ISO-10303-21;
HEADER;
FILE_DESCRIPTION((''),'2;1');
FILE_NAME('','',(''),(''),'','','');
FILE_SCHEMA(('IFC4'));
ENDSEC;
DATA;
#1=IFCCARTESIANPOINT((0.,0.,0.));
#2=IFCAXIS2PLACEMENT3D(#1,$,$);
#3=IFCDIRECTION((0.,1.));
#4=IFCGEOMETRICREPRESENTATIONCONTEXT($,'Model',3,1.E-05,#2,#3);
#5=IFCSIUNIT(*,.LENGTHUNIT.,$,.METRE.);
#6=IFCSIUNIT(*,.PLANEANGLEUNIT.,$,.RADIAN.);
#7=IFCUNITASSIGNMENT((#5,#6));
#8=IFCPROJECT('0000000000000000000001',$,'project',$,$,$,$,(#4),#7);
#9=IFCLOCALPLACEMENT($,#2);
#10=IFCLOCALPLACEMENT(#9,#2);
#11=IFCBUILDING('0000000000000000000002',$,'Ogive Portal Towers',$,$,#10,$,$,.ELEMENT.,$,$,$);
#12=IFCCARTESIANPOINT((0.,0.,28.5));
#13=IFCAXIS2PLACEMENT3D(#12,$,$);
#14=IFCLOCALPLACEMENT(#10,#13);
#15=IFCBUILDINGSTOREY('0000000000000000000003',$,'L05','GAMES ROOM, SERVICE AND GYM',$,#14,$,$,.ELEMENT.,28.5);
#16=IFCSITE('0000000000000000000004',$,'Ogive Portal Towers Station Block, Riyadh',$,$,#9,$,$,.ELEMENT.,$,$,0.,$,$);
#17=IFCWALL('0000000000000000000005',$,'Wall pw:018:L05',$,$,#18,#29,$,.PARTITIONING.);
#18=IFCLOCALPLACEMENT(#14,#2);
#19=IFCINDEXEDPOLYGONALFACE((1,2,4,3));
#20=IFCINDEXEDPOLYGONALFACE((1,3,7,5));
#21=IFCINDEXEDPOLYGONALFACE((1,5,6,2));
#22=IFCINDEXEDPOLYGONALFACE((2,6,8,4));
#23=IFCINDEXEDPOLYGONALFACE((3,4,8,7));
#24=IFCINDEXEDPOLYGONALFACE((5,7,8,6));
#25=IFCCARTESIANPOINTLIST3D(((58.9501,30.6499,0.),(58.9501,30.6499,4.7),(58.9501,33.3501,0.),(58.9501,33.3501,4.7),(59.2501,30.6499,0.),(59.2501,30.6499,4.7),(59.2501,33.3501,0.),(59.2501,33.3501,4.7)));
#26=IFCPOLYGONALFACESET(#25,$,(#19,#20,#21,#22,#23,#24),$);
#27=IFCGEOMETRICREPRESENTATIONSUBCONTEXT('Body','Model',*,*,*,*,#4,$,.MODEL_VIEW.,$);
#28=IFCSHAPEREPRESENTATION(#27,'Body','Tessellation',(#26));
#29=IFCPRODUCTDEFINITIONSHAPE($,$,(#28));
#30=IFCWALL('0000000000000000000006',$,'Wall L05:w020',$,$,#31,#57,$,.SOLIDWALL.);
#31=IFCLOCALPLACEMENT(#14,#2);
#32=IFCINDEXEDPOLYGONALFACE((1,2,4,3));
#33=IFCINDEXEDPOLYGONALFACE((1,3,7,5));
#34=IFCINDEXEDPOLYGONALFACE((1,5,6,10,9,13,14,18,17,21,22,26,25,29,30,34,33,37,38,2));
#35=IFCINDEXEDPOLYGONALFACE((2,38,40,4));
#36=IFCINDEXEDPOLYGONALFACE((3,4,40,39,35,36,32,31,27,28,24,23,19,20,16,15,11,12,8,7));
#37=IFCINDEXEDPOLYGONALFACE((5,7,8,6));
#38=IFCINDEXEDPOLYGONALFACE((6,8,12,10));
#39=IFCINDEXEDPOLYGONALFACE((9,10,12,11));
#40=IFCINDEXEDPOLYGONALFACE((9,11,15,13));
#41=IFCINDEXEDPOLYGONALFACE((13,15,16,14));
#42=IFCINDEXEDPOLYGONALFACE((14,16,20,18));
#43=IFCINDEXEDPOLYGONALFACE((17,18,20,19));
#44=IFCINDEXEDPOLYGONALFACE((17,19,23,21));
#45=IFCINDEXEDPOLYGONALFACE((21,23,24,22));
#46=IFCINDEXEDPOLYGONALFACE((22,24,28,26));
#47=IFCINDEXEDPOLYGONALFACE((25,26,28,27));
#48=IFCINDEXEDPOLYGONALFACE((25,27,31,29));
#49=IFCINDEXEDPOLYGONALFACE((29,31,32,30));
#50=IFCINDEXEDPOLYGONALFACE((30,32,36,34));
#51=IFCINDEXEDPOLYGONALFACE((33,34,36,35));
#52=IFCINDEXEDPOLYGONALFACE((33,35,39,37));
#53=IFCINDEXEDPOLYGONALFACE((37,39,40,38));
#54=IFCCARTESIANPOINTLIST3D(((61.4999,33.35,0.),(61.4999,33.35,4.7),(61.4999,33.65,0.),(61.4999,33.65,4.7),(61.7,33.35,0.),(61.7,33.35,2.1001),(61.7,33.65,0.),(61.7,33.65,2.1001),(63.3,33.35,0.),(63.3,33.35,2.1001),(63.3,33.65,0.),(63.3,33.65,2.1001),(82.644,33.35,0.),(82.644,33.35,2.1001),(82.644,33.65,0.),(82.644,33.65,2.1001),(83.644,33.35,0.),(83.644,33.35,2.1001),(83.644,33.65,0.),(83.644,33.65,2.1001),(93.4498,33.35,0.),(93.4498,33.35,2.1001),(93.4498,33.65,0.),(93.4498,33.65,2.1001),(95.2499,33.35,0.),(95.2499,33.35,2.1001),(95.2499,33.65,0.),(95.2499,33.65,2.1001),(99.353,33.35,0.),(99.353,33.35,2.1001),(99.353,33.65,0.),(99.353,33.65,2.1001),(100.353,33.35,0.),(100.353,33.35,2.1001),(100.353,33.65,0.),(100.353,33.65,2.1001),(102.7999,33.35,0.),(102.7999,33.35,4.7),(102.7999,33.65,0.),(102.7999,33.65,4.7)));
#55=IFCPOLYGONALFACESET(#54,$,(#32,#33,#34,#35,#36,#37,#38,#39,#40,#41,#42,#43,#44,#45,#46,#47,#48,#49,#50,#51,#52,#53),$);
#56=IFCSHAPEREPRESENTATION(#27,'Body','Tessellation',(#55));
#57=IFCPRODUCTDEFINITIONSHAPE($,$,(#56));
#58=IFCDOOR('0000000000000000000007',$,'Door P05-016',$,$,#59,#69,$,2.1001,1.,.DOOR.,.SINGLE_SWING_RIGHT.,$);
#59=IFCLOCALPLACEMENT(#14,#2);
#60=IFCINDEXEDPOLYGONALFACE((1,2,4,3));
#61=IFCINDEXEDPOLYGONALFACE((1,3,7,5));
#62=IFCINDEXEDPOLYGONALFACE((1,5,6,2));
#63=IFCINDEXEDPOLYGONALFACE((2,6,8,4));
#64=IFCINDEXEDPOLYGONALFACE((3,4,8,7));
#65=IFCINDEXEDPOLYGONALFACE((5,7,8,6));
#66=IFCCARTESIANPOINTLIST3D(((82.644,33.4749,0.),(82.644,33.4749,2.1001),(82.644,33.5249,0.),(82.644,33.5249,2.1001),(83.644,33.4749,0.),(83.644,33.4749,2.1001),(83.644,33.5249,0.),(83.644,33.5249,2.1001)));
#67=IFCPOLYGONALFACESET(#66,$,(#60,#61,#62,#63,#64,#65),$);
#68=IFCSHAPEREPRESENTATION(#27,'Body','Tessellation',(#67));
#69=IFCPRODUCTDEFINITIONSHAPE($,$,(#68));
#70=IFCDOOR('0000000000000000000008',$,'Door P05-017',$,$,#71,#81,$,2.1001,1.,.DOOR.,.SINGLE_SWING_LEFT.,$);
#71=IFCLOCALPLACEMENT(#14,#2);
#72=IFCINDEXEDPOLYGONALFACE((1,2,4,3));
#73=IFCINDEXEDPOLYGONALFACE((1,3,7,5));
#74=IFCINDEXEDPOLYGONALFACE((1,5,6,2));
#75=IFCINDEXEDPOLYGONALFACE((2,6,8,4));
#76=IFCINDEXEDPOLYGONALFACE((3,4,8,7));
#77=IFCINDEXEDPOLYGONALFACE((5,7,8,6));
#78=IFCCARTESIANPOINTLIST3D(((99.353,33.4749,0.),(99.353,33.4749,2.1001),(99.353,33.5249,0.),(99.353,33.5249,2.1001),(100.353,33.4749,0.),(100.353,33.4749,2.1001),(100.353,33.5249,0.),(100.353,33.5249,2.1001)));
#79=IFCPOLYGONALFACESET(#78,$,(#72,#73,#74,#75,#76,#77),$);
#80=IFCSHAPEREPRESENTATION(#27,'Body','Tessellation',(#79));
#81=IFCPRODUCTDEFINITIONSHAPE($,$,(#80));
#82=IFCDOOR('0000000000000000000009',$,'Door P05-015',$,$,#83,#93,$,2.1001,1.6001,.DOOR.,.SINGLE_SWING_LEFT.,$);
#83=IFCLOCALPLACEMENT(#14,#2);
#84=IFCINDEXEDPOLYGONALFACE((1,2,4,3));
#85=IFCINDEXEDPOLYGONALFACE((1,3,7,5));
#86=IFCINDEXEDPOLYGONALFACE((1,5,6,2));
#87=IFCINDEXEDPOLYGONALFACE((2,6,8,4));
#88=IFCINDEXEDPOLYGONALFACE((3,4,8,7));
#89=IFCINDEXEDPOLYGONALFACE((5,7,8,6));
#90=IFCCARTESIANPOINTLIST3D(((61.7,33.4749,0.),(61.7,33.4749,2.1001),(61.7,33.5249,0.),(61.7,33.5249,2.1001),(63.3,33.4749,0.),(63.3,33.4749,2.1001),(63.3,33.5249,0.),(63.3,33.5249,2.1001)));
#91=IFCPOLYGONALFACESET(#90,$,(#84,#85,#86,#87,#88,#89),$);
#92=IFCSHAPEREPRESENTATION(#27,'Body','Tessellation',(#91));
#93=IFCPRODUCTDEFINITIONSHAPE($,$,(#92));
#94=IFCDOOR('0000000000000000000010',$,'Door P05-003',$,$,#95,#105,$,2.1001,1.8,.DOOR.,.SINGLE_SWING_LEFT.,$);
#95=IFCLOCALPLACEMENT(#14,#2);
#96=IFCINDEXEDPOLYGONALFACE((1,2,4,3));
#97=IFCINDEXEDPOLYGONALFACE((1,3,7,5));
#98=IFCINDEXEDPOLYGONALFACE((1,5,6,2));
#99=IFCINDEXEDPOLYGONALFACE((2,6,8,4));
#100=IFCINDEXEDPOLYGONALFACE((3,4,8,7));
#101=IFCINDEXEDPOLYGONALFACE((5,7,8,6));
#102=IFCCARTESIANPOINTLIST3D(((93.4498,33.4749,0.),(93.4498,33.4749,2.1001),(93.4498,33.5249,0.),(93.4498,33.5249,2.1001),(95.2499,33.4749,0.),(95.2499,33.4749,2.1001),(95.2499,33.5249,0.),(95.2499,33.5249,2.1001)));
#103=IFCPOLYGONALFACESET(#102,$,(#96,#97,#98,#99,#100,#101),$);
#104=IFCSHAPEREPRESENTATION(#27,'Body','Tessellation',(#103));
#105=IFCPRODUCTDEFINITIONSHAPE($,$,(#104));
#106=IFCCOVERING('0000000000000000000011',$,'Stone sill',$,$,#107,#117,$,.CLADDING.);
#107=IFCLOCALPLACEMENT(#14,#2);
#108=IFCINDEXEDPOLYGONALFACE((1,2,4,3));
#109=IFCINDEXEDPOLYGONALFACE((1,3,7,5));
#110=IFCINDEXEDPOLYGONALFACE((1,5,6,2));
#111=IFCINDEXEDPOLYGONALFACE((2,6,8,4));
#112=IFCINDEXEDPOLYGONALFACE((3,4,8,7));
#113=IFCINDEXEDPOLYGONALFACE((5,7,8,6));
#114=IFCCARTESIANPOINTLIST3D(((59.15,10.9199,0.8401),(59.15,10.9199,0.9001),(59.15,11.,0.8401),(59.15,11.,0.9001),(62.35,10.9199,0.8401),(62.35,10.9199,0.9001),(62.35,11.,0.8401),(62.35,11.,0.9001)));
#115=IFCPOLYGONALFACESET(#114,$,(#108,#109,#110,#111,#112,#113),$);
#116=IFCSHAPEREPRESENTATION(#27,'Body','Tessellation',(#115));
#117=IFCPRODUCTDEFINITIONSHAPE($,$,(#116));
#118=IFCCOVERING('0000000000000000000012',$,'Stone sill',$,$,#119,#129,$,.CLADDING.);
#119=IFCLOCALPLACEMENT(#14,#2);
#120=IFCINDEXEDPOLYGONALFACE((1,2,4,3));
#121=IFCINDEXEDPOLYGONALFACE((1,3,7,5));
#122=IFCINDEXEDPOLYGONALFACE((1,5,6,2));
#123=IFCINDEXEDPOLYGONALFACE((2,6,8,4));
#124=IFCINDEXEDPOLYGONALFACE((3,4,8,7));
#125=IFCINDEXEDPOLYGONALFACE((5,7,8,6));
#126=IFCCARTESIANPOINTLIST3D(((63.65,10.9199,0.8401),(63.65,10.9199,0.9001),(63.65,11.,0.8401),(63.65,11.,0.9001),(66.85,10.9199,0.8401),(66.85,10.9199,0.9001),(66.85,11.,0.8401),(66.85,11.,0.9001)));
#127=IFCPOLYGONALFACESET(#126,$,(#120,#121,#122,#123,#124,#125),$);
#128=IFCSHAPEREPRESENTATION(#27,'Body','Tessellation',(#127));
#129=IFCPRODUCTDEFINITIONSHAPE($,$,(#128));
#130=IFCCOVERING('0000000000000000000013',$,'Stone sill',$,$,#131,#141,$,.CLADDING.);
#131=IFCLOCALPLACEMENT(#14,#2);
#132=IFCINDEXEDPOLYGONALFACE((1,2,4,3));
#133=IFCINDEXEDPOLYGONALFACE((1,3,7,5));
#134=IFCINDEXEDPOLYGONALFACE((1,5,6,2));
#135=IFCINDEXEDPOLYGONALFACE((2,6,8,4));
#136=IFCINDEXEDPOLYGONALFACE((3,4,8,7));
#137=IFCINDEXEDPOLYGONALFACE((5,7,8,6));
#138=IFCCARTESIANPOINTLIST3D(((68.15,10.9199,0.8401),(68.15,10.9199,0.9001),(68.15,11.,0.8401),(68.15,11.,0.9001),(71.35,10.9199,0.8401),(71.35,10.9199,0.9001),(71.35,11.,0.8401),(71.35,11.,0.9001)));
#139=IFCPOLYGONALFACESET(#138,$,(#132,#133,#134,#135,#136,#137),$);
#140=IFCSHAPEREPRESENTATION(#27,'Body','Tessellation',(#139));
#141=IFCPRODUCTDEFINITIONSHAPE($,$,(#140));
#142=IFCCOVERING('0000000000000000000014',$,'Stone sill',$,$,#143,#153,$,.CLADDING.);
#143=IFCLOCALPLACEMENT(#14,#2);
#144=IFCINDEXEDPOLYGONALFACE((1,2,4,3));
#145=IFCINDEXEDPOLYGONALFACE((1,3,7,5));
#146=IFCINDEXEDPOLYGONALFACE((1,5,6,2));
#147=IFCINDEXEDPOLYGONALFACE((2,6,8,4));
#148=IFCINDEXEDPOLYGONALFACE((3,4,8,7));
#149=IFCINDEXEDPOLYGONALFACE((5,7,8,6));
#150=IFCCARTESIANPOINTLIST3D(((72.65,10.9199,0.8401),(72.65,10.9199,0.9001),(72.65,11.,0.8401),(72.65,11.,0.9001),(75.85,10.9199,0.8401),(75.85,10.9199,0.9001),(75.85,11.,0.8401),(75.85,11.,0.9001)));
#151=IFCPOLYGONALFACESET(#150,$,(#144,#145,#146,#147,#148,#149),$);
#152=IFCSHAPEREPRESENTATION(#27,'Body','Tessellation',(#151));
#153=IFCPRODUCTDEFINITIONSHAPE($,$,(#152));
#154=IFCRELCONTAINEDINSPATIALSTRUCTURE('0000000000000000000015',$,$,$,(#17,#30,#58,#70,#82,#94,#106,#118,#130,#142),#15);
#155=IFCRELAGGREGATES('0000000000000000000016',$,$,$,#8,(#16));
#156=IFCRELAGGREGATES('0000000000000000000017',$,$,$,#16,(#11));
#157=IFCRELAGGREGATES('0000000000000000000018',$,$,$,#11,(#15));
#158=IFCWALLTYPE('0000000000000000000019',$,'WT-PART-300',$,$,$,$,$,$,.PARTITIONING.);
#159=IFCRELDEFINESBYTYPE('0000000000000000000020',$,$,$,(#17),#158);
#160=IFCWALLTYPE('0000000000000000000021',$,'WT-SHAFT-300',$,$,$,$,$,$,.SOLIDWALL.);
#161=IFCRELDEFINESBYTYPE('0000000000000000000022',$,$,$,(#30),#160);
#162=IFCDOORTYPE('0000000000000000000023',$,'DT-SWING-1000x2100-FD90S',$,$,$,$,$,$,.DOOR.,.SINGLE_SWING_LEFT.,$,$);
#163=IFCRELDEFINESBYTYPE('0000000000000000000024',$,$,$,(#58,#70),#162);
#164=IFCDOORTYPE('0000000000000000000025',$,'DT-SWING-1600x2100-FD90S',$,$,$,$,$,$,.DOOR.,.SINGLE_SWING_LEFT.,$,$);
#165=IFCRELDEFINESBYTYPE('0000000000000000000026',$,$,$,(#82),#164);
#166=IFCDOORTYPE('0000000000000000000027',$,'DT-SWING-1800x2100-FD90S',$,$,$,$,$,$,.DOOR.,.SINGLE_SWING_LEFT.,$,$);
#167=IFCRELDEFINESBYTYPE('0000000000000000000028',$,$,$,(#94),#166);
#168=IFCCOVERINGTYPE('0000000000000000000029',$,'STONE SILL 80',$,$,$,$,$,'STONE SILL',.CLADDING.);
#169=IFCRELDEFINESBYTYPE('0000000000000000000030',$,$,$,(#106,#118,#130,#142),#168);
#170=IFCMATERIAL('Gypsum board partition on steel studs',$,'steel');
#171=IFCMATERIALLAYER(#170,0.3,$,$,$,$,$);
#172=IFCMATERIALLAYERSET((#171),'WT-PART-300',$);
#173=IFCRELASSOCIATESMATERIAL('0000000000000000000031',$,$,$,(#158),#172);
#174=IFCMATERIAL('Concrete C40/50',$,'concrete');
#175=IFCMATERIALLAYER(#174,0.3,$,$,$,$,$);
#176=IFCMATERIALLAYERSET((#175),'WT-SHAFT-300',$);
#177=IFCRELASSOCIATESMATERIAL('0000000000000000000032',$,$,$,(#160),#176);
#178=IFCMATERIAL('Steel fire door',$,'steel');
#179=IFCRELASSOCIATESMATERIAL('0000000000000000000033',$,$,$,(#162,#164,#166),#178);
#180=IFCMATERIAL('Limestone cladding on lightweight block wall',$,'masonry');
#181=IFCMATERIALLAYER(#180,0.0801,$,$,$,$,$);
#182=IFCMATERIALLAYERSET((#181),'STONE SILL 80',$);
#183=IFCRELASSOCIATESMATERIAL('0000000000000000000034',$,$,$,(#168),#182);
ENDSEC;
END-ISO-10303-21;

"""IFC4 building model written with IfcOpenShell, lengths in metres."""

from ifc_helpers import new_model, si_unit, direction, frame, frame_2d, origin, origin_2d, place, context, subcontext, project, spatial, rectangle, extrude, material, layer, layer_set, type_object, element, fill, save


model = new_model("IFC4")

# Units and contexts
model_context = context("Model", 3, precision=1e-05, world=origin(), true_north=direction((0.0, 1.0)))
body_context = subcontext(model_context, "Body", "Model", "MODEL_VIEW")
ifc_project = project(units=[si_unit("LENGTHUNIT", "METRE"), si_unit("PLANEANGLEUNIT", "RADIAN")], contexts=[model_context])

# Site, building, storey
site_placement = place(None, origin())
site = spatial("IfcSite", under=ifc_project, at=site_placement, Name="Ogive Portal Towers Station Block, Riyadh", CompositionType="ELEMENT", RefElevation=0.0)
building_placement = place(site_placement, origin())
building = spatial("IfcBuilding", under=site, at=building_placement, Name="Ogive Portal Towers", CompositionType="ELEMENT")
storey_placement = place(building_placement, frame((0.0, 0.0, 28.5)))
storey = spatial("IfcBuildingStorey", under=building, at=storey_placement, Name="L05", Description="GAMES ROOM, SERVICE AND GYM", CompositionType="ELEMENT", Elevation=28.5)

# Shared definitions
ifc_material_1 = material(Name="Gypsum board partition on steel studs", Category="steel")
ifc_material_2 = material(Name="Steel fire door", Category="steel")

# Wall
ifc_layer_1 = layer(ifc_material_1, 0.3)
ifc_layer_set_1 = layer_set([ifc_layer_1], Name="WT-PART-300")
wall_type_1 = type_object("IfcWallType", Name="WT-PART-300", PredefinedType="PARTITIONING", material=ifc_layer_set_1)
wall_1_placement = place(storey_placement, frame((59.1001, 30.6499, 0.0), z_axis=(0.0, 0.0, 1.0), x_axis=(0.0, 1.0, 0.0)))
element("IfcWall", 1, at=wall_1_placement, inside=storey, type_object=wall_type_1, Name="Wall pw:018:L05", PredefinedType="PARTITIONING", context=body_context, shape_type="SweptSolid", body=[
    extrude(rectangle(XDim=2.7002, YDim=0.3, at=frame_2d((1.3501, 0.0))), origin(), (0.0, 0.0, 1.0), 4.7),
])

# Wall, openings, doors
ifc_material_3 = material(Name="Concrete C40/50", Category="concrete")
ifc_layer_2 = layer(ifc_material_3, 0.3)
ifc_layer_set_2 = layer_set([ifc_layer_2], Name="WT-SHAFT-300")
wall_type_2 = type_object("IfcWallType", Name="WT-SHAFT-300", PredefinedType="SOLIDWALL", material=ifc_layer_set_2)
wall_2_placement = place(storey_placement, frame((61.5, 33.5, 0.0), z_axis=(0.0, 0.0, 1.0), x_axis=(1.0, 0.0, 0.0)))
wall_2 = element("IfcWall", 2, at=wall_2_placement, inside=storey, type_object=wall_type_2, Name="Wall L05:w020", PredefinedType="SOLIDWALL", context=body_context, shape_type="SweptSolid", body=[
    extrude(rectangle(XDim=41.3, YDim=0.3, at=frame_2d((20.6499, 0.0))), origin(), (0.0, 0.0, 1.0), 4.7),
])
opening_1_placement = place(wall_2_placement, frame((31.95, 0.0, 0.0)))
opening_1 = element("IfcOpeningElement", 3, at=opening_1_placement, cuts=wall_2, PredefinedType="OPENING", context=body_context, shape_type="SweptSolid", body=[
    extrude(rectangle(XDim=1.8, YDim=2.1001, at=frame_2d((0.8999, 1.05))), frame((0.0, 0.1602, 0.0), z_axis=(0.0, -1.0, 0.0), x_axis=(1.0, 0.0, 0.0)), (0.0, 0.0, 1.0), 0.3201),
])
opening_2_placement = place(wall_2_placement, frame((0.2, 0.0, 0.0)))
opening_2 = element("IfcOpeningElement", 4, at=opening_2_placement, cuts=wall_2, PredefinedType="OPENING", context=body_context, shape_type="SweptSolid", body=[
    extrude(rectangle(XDim=1.6001, YDim=2.1001, at=frame_2d((0.8, 1.05))), frame((0.0, 0.1602, 0.0), z_axis=(0.0, -1.0, 0.0), x_axis=(1.0, 0.0, 0.0)), (0.0, 0.0, 1.0), 0.3201),
])
opening_3_placement = place(wall_2_placement, frame((21.144, 0.0, 0.0)))
opening_3 = element("IfcOpeningElement", 5, at=opening_3_placement, cuts=wall_2, PredefinedType="OPENING", context=body_context, shape_type="SweptSolid", body=[
    extrude(rectangle(XDim=1.0, YDim=2.1001, at=frame_2d((0.5, 1.05))), frame((0.0, 0.1602, 0.0), z_axis=(0.0, -1.0, 0.0), x_axis=(1.0, 0.0, 0.0)), (0.0, 0.0, 1.0), 0.3201),
])
opening_4_placement = place(wall_2_placement, frame((37.853, 0.0, 0.0)))
opening_4 = element("IfcOpeningElement", 6, at=opening_4_placement, cuts=wall_2, PredefinedType="OPENING", context=body_context, shape_type="SweptSolid", body=[
    extrude(rectangle(XDim=1.0, YDim=2.1001, at=frame_2d((0.5, 1.05))), frame((0.0, 0.1602, 0.0), z_axis=(0.0, -1.0, 0.0), x_axis=(1.0, 0.0, 0.0)), (0.0, 0.0, 1.0), 0.3201),
])
door_type_1 = type_object("IfcDoorType", Name="DT-SWING-1000x2100-FD90S", OperationType="SINGLE_SWING_LEFT", PredefinedType="DOOR", material=ifc_material_2)
door_1_placement = place(opening_3_placement, origin())
door_1 = element("IfcDoor", 7, at=door_1_placement, inside=storey, type_object=door_type_1, Name="Door P05-016", OperationType="SINGLE_SWING_RIGHT", OverallHeight=2.1001, OverallWidth=1.0, PredefinedType="DOOR", context=body_context, shape_type="SweptSolid", body=[
    extrude(rectangle(XDim=1.0, YDim=2.1001, at=frame_2d((0.5, 1.05))), frame((0.0, 0.0249, 0.0), z_axis=(0.0, -1.0, 0.0), x_axis=(1.0, 0.0, 0.0)), (0.0, 0.0, 1.0), 0.05),
])
fill(opening_3, door_1)
door_2_placement = place(opening_4_placement, origin())
door_2 = element("IfcDoor", 8, at=door_2_placement, inside=storey, type_object=door_type_1, Name="Door P05-017", OperationType="SINGLE_SWING_LEFT", OverallHeight=2.1001, OverallWidth=1.0, PredefinedType="DOOR", context=body_context, shape_type="SweptSolid", body=[
    extrude(rectangle(XDim=1.0, YDim=2.1001, at=frame_2d((0.5, 1.05))), frame((0.0, 0.0249, 0.0), z_axis=(0.0, -1.0, 0.0), x_axis=(1.0, 0.0, 0.0)), (0.0, 0.0, 1.0), 0.05),
])
fill(opening_4, door_2)
door_type_2 = type_object("IfcDoorType", Name="DT-SWING-1600x2100-FD90S", OperationType="SINGLE_SWING_LEFT", PredefinedType="DOOR", material=ifc_material_2)
door_3_placement = place(opening_2_placement, origin())
door_3 = element("IfcDoor", 9, at=door_3_placement, inside=storey, type_object=door_type_2, Name="Door P05-015", OperationType="SINGLE_SWING_LEFT", OverallHeight=2.1001, OverallWidth=1.6001, PredefinedType="DOOR", context=body_context, shape_type="SweptSolid", body=[
    extrude(rectangle(XDim=1.6001, YDim=2.1001, at=frame_2d((0.8, 1.05))), frame((0.0, 0.0249, 0.0), z_axis=(0.0, -1.0, 0.0), x_axis=(1.0, 0.0, 0.0)), (0.0, 0.0, 1.0), 0.05),
])
fill(opening_2, door_3)
door_type_3 = type_object("IfcDoorType", Name="DT-SWING-1800x2100-FD90S", OperationType="SINGLE_SWING_LEFT", PredefinedType="DOOR", material=ifc_material_2)
door_4_placement = place(opening_1_placement, origin())
door_4 = element("IfcDoor", 10, at=door_4_placement, inside=storey, type_object=door_type_3, Name="Door P05-003", OperationType="SINGLE_SWING_LEFT", OverallHeight=2.1001, OverallWidth=1.8, PredefinedType="DOOR", context=body_context, shape_type="SweptSolid", body=[
    extrude(rectangle(XDim=1.8, YDim=2.1001, at=frame_2d((0.8999, 1.05))), frame((0.0, 0.0249, 0.0), z_axis=(0.0, -1.0, 0.0), x_axis=(1.0, 0.0, 0.0)), (0.0, 0.0, 1.0), 0.05),
])
fill(opening_1, door_4)

# Coverings
ifc_material_4 = material(Name="Limestone cladding on lightweight block wall", Category="masonry")
ifc_layer_3 = layer(ifc_material_4, 0.0801)
ifc_layer_set_3 = layer_set([ifc_layer_3], Name="STONE SILL 80")
covering_type = type_object("IfcCoveringType", Name="STONE SILL 80", ElementType="STONE SILL", PredefinedType="CLADDING", material=ifc_layer_set_3)
for number, where, z_axis, x_axis, name in (
    (11, (60.75, 10.96, 0.8401), (0.0, 0.0, 1.0), (1.0, 0.0, 0.0), "Stone sill"),
    (12, (65.25, 10.96, 0.8401), (0.0, 0.0, 1.0), (1.0, 0.0, 0.0), "Stone sill"),
    (13, (69.75, 10.96, 0.8401), (0.0, 0.0, 1.0), (1.0, 0.0, 0.0), "Stone sill"),
    (14, (74.25, 10.96, 0.8401), (0.0, 0.0, 1.0), (1.0, 0.0, 0.0), "Stone sill"),
):
    element("IfcCovering", number, at=place(storey_placement, frame(where, z_axis=z_axis, x_axis=x_axis)), inside=storey, type_object=covering_type, Name=name, PredefinedType="CLADDING", context=body_context, shape_type="SweptSolid", body=[
        extrude(rectangle(XDim=3.2, YDim=0.0801, at=origin_2d()), origin(), (0.0, 0.0, 1.0), 0.0601),
    ])

save(model, "model.ifc")
